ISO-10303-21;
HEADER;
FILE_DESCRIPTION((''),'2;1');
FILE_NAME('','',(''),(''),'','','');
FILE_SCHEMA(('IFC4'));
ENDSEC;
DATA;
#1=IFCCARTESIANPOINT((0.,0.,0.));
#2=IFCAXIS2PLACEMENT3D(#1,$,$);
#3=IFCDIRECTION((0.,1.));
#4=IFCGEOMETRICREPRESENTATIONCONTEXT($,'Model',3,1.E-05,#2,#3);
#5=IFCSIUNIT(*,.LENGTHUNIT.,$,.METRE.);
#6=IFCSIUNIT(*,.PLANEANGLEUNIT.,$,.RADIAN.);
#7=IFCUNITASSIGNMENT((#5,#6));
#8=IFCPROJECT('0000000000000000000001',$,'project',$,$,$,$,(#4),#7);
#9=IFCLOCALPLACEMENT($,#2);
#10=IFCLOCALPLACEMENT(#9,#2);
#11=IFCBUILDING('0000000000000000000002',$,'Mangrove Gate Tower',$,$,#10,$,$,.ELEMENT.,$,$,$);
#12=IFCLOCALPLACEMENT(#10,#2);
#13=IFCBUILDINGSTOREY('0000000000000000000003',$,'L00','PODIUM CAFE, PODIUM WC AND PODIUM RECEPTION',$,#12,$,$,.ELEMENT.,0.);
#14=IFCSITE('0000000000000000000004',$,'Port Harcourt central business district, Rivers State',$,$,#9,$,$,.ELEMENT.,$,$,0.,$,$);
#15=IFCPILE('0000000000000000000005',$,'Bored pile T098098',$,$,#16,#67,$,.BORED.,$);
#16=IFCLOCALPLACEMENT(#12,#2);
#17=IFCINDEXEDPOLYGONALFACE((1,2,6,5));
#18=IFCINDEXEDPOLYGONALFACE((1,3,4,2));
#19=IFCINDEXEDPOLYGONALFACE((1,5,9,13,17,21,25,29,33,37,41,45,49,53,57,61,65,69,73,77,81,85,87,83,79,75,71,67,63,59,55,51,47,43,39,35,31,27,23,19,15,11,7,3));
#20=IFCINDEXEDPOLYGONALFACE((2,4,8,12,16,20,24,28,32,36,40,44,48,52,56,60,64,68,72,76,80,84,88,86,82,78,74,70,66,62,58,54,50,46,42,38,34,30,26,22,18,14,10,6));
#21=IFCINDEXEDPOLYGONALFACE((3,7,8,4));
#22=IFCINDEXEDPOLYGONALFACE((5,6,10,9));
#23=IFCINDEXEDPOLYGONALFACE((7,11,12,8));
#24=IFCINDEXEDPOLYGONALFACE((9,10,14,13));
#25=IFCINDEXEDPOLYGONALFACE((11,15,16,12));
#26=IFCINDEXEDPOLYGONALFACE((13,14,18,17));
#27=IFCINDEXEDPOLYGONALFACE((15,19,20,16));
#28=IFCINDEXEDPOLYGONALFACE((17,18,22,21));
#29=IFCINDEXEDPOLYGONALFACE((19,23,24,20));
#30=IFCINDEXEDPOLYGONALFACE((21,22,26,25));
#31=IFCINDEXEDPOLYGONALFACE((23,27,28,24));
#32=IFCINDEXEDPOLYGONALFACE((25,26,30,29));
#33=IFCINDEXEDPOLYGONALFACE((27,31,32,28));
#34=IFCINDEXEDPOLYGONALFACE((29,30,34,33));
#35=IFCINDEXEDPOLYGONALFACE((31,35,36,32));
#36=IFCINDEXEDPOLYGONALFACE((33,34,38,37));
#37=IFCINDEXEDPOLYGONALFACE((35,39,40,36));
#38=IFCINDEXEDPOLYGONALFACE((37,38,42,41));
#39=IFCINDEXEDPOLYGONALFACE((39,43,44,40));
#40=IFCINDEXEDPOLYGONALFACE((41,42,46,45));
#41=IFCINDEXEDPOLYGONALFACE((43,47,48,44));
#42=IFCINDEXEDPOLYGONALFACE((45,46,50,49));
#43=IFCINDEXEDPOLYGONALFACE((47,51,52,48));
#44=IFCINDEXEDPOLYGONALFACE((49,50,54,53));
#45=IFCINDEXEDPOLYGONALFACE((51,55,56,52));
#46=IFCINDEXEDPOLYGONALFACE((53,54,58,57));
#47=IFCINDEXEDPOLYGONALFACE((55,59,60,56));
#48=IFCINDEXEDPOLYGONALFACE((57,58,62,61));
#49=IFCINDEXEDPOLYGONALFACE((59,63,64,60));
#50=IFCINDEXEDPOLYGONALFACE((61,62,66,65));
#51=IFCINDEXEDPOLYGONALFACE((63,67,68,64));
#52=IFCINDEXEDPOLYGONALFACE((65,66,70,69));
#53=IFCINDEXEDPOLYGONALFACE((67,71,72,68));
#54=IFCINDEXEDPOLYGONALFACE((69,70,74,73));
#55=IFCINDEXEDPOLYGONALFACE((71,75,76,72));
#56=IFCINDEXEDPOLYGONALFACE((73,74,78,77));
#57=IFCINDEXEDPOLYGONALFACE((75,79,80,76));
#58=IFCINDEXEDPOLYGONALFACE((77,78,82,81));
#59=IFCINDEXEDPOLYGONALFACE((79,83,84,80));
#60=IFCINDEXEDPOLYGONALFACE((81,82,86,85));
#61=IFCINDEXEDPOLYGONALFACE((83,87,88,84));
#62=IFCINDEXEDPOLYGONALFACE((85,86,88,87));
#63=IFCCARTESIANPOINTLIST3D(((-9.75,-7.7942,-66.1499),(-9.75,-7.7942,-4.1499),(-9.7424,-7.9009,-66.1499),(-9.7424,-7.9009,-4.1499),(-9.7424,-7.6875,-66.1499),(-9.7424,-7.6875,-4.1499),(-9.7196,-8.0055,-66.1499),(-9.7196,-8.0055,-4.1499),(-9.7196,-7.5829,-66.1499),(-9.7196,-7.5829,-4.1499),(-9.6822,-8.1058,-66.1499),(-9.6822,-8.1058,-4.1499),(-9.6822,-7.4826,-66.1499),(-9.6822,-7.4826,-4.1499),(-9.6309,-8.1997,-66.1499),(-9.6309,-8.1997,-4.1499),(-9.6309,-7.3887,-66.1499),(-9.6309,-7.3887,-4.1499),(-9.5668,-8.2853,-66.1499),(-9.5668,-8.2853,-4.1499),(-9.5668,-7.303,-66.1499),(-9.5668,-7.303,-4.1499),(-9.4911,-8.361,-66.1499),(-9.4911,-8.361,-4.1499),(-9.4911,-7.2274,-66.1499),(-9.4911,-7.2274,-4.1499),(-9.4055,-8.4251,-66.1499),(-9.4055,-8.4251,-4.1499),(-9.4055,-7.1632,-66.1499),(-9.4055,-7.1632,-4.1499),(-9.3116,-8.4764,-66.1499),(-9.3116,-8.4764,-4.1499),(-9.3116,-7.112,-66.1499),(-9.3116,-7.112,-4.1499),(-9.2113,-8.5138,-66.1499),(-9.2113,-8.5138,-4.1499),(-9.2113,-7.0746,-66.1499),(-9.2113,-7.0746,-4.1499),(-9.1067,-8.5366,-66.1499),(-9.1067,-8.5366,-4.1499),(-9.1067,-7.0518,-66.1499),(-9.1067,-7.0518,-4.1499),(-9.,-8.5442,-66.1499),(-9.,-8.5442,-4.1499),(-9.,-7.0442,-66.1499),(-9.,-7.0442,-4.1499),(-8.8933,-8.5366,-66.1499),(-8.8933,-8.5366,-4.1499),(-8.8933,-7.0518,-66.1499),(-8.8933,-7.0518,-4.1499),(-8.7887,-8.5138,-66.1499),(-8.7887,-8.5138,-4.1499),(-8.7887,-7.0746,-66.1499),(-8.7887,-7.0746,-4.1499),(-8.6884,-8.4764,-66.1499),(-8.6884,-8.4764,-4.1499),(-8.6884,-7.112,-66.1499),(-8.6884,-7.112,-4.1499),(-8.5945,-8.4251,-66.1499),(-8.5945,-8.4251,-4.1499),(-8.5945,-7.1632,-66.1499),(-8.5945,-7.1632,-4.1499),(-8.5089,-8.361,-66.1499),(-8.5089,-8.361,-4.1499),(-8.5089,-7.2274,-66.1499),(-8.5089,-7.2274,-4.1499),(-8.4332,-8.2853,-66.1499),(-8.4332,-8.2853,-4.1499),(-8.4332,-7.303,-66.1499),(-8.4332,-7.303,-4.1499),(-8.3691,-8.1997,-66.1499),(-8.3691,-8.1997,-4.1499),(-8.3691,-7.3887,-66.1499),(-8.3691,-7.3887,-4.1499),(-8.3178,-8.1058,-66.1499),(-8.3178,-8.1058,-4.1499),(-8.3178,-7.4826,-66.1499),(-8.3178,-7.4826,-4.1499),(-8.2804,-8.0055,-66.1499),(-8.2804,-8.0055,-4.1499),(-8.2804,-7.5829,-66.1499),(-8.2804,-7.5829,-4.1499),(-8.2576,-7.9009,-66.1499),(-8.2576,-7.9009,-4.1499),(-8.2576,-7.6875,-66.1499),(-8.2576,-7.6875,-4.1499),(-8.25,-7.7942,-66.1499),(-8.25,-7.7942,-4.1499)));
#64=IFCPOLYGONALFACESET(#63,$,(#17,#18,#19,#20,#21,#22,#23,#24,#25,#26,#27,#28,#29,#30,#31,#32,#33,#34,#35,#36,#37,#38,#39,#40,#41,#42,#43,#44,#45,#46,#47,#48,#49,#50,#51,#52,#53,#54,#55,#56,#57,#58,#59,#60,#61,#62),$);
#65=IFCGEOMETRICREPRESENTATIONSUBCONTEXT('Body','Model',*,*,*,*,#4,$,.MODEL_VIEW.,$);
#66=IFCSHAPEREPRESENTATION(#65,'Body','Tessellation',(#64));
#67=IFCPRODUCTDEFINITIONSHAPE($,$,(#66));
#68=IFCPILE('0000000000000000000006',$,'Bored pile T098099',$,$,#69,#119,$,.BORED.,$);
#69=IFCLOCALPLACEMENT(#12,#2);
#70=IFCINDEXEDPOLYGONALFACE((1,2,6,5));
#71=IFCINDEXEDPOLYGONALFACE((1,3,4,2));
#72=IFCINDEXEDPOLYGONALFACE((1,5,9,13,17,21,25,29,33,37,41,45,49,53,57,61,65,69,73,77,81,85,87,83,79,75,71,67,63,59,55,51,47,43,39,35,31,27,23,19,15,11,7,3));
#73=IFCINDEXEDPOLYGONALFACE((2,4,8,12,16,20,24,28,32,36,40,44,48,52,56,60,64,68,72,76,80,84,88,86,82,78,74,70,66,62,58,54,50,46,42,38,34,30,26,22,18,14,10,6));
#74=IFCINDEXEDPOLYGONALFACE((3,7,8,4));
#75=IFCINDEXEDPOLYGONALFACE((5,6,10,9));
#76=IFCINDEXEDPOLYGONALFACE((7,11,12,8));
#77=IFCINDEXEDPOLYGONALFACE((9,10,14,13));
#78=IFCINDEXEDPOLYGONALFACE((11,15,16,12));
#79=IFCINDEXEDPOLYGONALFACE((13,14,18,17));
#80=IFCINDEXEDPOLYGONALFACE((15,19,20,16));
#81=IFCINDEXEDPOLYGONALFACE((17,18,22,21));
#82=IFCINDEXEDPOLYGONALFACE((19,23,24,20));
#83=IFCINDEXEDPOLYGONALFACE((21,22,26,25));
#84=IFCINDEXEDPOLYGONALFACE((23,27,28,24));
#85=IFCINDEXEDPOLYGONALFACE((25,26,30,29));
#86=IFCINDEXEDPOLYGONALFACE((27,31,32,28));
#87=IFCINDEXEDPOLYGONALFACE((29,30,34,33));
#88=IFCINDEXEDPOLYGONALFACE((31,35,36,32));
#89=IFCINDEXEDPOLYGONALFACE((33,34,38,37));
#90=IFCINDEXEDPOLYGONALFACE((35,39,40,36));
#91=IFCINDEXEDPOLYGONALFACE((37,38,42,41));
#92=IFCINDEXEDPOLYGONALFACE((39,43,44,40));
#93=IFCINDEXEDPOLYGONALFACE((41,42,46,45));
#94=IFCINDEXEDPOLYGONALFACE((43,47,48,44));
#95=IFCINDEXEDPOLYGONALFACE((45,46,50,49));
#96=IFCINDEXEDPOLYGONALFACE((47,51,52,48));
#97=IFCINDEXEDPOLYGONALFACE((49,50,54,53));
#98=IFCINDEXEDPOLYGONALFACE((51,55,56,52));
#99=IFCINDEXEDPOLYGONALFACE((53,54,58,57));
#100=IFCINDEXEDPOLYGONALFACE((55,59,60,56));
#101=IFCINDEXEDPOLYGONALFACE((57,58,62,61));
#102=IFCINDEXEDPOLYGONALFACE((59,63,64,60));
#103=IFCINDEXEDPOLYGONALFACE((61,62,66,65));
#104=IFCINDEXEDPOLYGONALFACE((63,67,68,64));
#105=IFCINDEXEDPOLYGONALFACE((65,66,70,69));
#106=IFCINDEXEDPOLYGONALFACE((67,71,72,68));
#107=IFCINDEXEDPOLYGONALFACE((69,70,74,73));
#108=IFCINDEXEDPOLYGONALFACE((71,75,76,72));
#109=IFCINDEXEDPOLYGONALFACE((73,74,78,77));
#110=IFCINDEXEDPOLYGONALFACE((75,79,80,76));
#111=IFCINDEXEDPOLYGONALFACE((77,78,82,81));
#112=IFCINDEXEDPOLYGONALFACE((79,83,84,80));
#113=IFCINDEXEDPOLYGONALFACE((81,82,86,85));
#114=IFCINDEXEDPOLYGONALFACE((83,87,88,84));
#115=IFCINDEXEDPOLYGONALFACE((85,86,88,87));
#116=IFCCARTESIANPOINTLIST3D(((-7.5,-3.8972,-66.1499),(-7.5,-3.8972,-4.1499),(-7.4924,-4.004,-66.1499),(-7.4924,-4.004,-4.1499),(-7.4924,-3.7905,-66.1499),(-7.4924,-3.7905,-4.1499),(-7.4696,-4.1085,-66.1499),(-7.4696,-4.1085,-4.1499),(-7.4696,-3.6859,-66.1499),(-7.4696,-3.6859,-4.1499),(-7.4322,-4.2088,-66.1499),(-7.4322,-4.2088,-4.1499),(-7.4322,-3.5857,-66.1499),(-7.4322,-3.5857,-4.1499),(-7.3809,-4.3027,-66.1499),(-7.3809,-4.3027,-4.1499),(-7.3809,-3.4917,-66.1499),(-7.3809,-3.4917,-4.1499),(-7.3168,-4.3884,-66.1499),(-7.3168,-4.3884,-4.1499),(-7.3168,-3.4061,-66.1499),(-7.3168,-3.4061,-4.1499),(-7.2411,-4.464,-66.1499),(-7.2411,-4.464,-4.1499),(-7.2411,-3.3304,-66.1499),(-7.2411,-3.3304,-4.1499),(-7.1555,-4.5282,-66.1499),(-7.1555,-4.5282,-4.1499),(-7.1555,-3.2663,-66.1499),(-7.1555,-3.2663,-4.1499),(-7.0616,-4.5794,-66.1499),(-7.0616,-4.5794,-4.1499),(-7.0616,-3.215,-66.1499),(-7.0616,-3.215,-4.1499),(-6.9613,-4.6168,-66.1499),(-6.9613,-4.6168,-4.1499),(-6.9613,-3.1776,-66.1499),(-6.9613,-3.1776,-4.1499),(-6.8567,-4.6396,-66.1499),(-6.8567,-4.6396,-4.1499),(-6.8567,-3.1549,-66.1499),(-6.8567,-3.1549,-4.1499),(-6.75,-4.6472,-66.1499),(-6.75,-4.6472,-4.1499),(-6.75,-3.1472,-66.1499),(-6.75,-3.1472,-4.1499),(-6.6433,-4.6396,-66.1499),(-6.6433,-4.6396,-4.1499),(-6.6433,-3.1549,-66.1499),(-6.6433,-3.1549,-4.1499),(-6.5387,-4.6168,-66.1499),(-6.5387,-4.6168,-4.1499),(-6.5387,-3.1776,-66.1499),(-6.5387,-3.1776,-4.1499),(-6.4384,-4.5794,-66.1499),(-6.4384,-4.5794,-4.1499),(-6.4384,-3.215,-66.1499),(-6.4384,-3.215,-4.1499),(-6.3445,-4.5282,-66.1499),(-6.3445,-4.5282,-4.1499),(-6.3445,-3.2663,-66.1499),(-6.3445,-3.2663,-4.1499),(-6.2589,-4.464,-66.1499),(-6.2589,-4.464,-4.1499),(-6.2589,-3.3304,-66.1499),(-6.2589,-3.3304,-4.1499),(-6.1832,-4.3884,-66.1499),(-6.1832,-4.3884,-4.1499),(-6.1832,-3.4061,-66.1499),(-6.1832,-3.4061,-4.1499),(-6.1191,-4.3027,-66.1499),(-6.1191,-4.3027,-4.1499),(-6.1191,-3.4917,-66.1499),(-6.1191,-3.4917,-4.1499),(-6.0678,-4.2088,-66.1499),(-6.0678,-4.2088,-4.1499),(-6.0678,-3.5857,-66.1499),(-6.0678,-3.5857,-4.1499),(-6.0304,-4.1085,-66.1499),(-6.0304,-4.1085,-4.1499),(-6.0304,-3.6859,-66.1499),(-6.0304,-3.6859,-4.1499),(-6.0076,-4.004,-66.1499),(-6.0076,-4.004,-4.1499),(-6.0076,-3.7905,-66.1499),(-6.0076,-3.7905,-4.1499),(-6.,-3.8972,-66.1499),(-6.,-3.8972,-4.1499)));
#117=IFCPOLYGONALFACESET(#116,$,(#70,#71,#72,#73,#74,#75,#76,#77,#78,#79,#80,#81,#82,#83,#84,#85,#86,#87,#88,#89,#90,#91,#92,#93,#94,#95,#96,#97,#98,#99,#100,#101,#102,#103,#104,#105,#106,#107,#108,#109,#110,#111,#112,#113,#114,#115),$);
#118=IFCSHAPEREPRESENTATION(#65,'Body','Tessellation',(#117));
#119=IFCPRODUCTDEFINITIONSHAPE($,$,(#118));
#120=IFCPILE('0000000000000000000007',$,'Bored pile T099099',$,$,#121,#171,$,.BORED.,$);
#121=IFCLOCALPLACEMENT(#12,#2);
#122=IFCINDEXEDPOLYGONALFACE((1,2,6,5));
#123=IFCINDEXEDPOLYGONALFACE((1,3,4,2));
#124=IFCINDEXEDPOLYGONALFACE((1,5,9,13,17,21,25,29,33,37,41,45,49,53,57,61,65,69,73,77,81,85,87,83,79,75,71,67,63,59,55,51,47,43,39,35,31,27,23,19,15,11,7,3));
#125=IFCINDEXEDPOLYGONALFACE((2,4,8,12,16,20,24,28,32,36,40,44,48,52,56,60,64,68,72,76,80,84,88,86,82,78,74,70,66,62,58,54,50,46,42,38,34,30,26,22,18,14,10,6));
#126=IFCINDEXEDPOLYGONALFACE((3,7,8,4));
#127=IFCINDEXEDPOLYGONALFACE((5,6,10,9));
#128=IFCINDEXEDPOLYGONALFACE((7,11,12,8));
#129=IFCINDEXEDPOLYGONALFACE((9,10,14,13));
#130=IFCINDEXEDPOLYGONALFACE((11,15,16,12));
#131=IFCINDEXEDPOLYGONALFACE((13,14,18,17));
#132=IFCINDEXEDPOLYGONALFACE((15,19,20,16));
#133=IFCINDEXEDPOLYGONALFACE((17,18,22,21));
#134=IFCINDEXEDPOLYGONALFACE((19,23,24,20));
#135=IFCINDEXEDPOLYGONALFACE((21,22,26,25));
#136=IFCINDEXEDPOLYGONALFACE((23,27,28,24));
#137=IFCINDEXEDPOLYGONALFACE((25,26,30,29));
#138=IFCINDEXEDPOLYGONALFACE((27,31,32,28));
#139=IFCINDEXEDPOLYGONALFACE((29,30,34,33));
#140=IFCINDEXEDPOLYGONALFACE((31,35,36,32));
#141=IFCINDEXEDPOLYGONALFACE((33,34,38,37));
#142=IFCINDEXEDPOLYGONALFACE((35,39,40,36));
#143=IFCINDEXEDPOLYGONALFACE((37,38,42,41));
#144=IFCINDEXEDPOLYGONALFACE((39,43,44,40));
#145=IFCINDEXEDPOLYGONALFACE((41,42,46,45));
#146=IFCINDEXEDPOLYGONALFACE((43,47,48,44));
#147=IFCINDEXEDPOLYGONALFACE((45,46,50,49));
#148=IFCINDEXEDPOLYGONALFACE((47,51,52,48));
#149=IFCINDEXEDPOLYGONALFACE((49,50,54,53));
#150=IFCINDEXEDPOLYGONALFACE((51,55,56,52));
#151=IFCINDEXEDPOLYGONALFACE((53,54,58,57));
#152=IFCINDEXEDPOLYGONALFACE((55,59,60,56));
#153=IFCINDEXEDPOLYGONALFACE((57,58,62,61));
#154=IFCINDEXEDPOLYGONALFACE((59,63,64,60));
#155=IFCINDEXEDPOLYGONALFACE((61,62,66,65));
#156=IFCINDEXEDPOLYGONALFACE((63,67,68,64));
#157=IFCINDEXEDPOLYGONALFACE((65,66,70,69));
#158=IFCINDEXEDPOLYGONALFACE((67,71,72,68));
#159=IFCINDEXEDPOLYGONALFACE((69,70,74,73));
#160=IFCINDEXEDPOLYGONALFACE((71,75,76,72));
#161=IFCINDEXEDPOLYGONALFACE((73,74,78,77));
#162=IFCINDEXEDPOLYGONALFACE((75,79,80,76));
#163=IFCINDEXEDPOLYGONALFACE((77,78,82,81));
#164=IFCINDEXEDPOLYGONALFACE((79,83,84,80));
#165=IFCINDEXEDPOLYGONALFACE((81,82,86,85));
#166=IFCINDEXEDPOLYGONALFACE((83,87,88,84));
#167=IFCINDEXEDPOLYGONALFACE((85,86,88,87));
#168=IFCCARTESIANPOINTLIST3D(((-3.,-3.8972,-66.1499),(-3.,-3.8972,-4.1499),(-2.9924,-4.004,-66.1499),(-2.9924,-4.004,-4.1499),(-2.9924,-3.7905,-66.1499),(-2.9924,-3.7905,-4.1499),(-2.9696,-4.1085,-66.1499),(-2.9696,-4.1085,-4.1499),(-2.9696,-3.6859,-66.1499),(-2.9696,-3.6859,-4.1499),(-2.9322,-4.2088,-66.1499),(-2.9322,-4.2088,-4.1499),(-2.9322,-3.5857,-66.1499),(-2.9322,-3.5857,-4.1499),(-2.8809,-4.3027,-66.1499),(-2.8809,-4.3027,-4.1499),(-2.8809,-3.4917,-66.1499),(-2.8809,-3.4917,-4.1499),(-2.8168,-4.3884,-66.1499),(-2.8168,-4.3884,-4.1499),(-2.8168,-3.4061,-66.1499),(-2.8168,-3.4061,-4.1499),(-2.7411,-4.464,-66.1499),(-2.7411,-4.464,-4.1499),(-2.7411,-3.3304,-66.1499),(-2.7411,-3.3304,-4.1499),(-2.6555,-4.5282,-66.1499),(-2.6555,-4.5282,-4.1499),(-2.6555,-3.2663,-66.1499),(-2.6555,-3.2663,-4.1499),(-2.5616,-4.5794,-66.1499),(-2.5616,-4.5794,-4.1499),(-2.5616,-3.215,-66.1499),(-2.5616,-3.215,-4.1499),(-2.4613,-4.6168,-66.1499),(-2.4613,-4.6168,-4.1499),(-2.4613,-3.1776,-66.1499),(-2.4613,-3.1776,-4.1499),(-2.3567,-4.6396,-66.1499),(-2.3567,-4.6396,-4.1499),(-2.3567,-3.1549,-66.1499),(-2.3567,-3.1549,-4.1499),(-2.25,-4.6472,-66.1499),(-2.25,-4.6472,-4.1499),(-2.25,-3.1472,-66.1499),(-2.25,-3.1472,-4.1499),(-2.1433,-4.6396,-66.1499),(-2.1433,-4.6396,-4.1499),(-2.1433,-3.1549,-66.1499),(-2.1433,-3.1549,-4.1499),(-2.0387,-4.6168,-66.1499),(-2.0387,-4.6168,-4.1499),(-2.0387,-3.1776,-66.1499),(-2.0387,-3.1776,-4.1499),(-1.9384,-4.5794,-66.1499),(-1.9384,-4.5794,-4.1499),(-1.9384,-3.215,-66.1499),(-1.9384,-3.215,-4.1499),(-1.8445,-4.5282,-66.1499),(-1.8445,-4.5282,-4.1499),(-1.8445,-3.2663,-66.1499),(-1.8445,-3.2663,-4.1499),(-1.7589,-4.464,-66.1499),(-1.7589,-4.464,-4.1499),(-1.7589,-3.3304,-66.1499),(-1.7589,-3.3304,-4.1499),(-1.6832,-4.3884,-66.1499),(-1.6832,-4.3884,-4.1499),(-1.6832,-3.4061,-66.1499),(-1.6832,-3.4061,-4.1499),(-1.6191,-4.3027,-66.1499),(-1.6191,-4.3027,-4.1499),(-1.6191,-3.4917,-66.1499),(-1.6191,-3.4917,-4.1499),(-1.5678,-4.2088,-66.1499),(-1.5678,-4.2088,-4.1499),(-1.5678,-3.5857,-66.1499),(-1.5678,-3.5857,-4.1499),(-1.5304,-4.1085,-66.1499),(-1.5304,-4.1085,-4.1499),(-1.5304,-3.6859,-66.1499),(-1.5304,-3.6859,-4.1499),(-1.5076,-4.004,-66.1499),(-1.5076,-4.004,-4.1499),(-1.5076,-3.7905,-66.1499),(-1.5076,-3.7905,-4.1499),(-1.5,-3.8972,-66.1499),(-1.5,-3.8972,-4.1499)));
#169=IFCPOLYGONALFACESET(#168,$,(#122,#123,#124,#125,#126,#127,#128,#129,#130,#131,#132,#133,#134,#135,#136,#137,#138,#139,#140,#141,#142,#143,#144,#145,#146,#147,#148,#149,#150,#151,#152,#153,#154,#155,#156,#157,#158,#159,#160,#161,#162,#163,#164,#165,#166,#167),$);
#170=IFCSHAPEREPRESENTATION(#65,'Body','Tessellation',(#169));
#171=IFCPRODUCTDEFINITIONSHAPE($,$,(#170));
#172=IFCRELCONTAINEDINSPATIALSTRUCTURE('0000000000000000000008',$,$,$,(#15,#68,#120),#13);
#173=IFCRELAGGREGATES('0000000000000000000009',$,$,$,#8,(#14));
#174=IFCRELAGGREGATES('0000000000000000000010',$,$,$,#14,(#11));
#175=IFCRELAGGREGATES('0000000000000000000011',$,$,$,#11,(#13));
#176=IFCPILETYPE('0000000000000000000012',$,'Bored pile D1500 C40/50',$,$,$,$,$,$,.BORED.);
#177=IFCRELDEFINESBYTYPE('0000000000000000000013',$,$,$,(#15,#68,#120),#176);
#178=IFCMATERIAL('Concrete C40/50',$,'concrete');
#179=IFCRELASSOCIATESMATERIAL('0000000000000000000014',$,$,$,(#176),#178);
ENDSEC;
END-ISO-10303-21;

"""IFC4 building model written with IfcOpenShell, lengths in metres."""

from ifc_helpers import new_model, si_unit, direction, frame, origin, origin_2d, place, context, subcontext, project, spatial, circle, extrude, material, material_profile, profile_set, type_object, element, save


model = new_model("IFC4")

# Units and contexts
model_context = context("Model", 3, precision=1e-05, world=origin(), true_north=direction((0.0, 1.0)))
body_context = subcontext(model_context, "Body", "Model", "MODEL_VIEW")
ifc_project = project(units=[si_unit("LENGTHUNIT", "METRE"), si_unit("PLANEANGLEUNIT", "RADIAN")], contexts=[model_context])

# Site, building, storey
site_placement = place(None, origin())
site = spatial("IfcSite", under=ifc_project, at=site_placement, Name="Port Harcourt central business district, Rivers State", CompositionType="ELEMENT", RefElevation=0.0)
building_placement = place(site_placement, origin())
building = spatial("IfcBuilding", under=site, at=building_placement, Name="Mangrove Gate Tower", CompositionType="ELEMENT")
storey_placement = place(building_placement, origin())
storey = spatial("IfcBuildingStorey", under=building, at=storey_placement, Name="L00", Description="PODIUM CAFE, PODIUM WC AND PODIUM RECEPTION", CompositionType="ELEMENT", Elevation=0.0)

# Piles
ifc_material_1 = material(Name="Concrete C40/50", Category="concrete")
ifc_material_profile = material_profile(ifc_material_1, circle(Radius=0.75, at=origin_2d()))
ifc_profile_set = profile_set([ifc_material_profile], Name="Concrete C40/50")
pile_type = type_object("IfcPileType", Name="Bored pile D1500 C40/50", PredefinedType="BORED", material=ifc_profile_set)
for number, where, z_axis, x_axis, name in (
    (1, (-9.0, -7.7942, -4.1499), (0.0, 0.0, -1.0), (1.0, 0.0, 0.0), "Bored pile T098098"),
    (2, (-6.75, -3.8972, -4.1499), (0.0, 0.0, -1.0), (1.0, 0.0, 0.0), "Bored pile T098099"),
    (3, (-2.25, -3.8972, -4.1499), (0.0, 0.0, -1.0), (1.0, 0.0, 0.0), "Bored pile T099099"),
):
    element("IfcPile", number, at=place(storey_placement, frame(where, z_axis=z_axis, x_axis=x_axis)), inside=storey, type_object=pile_type, Name=name, PredefinedType="BORED", context=body_context, shape_type="SweptSolid", body=[
        extrude(circle(Radius=0.75, at=origin_2d()), origin(), (0.0, 0.0, 1.0), 62.0),
    ])

save(model, "model.ifc")
